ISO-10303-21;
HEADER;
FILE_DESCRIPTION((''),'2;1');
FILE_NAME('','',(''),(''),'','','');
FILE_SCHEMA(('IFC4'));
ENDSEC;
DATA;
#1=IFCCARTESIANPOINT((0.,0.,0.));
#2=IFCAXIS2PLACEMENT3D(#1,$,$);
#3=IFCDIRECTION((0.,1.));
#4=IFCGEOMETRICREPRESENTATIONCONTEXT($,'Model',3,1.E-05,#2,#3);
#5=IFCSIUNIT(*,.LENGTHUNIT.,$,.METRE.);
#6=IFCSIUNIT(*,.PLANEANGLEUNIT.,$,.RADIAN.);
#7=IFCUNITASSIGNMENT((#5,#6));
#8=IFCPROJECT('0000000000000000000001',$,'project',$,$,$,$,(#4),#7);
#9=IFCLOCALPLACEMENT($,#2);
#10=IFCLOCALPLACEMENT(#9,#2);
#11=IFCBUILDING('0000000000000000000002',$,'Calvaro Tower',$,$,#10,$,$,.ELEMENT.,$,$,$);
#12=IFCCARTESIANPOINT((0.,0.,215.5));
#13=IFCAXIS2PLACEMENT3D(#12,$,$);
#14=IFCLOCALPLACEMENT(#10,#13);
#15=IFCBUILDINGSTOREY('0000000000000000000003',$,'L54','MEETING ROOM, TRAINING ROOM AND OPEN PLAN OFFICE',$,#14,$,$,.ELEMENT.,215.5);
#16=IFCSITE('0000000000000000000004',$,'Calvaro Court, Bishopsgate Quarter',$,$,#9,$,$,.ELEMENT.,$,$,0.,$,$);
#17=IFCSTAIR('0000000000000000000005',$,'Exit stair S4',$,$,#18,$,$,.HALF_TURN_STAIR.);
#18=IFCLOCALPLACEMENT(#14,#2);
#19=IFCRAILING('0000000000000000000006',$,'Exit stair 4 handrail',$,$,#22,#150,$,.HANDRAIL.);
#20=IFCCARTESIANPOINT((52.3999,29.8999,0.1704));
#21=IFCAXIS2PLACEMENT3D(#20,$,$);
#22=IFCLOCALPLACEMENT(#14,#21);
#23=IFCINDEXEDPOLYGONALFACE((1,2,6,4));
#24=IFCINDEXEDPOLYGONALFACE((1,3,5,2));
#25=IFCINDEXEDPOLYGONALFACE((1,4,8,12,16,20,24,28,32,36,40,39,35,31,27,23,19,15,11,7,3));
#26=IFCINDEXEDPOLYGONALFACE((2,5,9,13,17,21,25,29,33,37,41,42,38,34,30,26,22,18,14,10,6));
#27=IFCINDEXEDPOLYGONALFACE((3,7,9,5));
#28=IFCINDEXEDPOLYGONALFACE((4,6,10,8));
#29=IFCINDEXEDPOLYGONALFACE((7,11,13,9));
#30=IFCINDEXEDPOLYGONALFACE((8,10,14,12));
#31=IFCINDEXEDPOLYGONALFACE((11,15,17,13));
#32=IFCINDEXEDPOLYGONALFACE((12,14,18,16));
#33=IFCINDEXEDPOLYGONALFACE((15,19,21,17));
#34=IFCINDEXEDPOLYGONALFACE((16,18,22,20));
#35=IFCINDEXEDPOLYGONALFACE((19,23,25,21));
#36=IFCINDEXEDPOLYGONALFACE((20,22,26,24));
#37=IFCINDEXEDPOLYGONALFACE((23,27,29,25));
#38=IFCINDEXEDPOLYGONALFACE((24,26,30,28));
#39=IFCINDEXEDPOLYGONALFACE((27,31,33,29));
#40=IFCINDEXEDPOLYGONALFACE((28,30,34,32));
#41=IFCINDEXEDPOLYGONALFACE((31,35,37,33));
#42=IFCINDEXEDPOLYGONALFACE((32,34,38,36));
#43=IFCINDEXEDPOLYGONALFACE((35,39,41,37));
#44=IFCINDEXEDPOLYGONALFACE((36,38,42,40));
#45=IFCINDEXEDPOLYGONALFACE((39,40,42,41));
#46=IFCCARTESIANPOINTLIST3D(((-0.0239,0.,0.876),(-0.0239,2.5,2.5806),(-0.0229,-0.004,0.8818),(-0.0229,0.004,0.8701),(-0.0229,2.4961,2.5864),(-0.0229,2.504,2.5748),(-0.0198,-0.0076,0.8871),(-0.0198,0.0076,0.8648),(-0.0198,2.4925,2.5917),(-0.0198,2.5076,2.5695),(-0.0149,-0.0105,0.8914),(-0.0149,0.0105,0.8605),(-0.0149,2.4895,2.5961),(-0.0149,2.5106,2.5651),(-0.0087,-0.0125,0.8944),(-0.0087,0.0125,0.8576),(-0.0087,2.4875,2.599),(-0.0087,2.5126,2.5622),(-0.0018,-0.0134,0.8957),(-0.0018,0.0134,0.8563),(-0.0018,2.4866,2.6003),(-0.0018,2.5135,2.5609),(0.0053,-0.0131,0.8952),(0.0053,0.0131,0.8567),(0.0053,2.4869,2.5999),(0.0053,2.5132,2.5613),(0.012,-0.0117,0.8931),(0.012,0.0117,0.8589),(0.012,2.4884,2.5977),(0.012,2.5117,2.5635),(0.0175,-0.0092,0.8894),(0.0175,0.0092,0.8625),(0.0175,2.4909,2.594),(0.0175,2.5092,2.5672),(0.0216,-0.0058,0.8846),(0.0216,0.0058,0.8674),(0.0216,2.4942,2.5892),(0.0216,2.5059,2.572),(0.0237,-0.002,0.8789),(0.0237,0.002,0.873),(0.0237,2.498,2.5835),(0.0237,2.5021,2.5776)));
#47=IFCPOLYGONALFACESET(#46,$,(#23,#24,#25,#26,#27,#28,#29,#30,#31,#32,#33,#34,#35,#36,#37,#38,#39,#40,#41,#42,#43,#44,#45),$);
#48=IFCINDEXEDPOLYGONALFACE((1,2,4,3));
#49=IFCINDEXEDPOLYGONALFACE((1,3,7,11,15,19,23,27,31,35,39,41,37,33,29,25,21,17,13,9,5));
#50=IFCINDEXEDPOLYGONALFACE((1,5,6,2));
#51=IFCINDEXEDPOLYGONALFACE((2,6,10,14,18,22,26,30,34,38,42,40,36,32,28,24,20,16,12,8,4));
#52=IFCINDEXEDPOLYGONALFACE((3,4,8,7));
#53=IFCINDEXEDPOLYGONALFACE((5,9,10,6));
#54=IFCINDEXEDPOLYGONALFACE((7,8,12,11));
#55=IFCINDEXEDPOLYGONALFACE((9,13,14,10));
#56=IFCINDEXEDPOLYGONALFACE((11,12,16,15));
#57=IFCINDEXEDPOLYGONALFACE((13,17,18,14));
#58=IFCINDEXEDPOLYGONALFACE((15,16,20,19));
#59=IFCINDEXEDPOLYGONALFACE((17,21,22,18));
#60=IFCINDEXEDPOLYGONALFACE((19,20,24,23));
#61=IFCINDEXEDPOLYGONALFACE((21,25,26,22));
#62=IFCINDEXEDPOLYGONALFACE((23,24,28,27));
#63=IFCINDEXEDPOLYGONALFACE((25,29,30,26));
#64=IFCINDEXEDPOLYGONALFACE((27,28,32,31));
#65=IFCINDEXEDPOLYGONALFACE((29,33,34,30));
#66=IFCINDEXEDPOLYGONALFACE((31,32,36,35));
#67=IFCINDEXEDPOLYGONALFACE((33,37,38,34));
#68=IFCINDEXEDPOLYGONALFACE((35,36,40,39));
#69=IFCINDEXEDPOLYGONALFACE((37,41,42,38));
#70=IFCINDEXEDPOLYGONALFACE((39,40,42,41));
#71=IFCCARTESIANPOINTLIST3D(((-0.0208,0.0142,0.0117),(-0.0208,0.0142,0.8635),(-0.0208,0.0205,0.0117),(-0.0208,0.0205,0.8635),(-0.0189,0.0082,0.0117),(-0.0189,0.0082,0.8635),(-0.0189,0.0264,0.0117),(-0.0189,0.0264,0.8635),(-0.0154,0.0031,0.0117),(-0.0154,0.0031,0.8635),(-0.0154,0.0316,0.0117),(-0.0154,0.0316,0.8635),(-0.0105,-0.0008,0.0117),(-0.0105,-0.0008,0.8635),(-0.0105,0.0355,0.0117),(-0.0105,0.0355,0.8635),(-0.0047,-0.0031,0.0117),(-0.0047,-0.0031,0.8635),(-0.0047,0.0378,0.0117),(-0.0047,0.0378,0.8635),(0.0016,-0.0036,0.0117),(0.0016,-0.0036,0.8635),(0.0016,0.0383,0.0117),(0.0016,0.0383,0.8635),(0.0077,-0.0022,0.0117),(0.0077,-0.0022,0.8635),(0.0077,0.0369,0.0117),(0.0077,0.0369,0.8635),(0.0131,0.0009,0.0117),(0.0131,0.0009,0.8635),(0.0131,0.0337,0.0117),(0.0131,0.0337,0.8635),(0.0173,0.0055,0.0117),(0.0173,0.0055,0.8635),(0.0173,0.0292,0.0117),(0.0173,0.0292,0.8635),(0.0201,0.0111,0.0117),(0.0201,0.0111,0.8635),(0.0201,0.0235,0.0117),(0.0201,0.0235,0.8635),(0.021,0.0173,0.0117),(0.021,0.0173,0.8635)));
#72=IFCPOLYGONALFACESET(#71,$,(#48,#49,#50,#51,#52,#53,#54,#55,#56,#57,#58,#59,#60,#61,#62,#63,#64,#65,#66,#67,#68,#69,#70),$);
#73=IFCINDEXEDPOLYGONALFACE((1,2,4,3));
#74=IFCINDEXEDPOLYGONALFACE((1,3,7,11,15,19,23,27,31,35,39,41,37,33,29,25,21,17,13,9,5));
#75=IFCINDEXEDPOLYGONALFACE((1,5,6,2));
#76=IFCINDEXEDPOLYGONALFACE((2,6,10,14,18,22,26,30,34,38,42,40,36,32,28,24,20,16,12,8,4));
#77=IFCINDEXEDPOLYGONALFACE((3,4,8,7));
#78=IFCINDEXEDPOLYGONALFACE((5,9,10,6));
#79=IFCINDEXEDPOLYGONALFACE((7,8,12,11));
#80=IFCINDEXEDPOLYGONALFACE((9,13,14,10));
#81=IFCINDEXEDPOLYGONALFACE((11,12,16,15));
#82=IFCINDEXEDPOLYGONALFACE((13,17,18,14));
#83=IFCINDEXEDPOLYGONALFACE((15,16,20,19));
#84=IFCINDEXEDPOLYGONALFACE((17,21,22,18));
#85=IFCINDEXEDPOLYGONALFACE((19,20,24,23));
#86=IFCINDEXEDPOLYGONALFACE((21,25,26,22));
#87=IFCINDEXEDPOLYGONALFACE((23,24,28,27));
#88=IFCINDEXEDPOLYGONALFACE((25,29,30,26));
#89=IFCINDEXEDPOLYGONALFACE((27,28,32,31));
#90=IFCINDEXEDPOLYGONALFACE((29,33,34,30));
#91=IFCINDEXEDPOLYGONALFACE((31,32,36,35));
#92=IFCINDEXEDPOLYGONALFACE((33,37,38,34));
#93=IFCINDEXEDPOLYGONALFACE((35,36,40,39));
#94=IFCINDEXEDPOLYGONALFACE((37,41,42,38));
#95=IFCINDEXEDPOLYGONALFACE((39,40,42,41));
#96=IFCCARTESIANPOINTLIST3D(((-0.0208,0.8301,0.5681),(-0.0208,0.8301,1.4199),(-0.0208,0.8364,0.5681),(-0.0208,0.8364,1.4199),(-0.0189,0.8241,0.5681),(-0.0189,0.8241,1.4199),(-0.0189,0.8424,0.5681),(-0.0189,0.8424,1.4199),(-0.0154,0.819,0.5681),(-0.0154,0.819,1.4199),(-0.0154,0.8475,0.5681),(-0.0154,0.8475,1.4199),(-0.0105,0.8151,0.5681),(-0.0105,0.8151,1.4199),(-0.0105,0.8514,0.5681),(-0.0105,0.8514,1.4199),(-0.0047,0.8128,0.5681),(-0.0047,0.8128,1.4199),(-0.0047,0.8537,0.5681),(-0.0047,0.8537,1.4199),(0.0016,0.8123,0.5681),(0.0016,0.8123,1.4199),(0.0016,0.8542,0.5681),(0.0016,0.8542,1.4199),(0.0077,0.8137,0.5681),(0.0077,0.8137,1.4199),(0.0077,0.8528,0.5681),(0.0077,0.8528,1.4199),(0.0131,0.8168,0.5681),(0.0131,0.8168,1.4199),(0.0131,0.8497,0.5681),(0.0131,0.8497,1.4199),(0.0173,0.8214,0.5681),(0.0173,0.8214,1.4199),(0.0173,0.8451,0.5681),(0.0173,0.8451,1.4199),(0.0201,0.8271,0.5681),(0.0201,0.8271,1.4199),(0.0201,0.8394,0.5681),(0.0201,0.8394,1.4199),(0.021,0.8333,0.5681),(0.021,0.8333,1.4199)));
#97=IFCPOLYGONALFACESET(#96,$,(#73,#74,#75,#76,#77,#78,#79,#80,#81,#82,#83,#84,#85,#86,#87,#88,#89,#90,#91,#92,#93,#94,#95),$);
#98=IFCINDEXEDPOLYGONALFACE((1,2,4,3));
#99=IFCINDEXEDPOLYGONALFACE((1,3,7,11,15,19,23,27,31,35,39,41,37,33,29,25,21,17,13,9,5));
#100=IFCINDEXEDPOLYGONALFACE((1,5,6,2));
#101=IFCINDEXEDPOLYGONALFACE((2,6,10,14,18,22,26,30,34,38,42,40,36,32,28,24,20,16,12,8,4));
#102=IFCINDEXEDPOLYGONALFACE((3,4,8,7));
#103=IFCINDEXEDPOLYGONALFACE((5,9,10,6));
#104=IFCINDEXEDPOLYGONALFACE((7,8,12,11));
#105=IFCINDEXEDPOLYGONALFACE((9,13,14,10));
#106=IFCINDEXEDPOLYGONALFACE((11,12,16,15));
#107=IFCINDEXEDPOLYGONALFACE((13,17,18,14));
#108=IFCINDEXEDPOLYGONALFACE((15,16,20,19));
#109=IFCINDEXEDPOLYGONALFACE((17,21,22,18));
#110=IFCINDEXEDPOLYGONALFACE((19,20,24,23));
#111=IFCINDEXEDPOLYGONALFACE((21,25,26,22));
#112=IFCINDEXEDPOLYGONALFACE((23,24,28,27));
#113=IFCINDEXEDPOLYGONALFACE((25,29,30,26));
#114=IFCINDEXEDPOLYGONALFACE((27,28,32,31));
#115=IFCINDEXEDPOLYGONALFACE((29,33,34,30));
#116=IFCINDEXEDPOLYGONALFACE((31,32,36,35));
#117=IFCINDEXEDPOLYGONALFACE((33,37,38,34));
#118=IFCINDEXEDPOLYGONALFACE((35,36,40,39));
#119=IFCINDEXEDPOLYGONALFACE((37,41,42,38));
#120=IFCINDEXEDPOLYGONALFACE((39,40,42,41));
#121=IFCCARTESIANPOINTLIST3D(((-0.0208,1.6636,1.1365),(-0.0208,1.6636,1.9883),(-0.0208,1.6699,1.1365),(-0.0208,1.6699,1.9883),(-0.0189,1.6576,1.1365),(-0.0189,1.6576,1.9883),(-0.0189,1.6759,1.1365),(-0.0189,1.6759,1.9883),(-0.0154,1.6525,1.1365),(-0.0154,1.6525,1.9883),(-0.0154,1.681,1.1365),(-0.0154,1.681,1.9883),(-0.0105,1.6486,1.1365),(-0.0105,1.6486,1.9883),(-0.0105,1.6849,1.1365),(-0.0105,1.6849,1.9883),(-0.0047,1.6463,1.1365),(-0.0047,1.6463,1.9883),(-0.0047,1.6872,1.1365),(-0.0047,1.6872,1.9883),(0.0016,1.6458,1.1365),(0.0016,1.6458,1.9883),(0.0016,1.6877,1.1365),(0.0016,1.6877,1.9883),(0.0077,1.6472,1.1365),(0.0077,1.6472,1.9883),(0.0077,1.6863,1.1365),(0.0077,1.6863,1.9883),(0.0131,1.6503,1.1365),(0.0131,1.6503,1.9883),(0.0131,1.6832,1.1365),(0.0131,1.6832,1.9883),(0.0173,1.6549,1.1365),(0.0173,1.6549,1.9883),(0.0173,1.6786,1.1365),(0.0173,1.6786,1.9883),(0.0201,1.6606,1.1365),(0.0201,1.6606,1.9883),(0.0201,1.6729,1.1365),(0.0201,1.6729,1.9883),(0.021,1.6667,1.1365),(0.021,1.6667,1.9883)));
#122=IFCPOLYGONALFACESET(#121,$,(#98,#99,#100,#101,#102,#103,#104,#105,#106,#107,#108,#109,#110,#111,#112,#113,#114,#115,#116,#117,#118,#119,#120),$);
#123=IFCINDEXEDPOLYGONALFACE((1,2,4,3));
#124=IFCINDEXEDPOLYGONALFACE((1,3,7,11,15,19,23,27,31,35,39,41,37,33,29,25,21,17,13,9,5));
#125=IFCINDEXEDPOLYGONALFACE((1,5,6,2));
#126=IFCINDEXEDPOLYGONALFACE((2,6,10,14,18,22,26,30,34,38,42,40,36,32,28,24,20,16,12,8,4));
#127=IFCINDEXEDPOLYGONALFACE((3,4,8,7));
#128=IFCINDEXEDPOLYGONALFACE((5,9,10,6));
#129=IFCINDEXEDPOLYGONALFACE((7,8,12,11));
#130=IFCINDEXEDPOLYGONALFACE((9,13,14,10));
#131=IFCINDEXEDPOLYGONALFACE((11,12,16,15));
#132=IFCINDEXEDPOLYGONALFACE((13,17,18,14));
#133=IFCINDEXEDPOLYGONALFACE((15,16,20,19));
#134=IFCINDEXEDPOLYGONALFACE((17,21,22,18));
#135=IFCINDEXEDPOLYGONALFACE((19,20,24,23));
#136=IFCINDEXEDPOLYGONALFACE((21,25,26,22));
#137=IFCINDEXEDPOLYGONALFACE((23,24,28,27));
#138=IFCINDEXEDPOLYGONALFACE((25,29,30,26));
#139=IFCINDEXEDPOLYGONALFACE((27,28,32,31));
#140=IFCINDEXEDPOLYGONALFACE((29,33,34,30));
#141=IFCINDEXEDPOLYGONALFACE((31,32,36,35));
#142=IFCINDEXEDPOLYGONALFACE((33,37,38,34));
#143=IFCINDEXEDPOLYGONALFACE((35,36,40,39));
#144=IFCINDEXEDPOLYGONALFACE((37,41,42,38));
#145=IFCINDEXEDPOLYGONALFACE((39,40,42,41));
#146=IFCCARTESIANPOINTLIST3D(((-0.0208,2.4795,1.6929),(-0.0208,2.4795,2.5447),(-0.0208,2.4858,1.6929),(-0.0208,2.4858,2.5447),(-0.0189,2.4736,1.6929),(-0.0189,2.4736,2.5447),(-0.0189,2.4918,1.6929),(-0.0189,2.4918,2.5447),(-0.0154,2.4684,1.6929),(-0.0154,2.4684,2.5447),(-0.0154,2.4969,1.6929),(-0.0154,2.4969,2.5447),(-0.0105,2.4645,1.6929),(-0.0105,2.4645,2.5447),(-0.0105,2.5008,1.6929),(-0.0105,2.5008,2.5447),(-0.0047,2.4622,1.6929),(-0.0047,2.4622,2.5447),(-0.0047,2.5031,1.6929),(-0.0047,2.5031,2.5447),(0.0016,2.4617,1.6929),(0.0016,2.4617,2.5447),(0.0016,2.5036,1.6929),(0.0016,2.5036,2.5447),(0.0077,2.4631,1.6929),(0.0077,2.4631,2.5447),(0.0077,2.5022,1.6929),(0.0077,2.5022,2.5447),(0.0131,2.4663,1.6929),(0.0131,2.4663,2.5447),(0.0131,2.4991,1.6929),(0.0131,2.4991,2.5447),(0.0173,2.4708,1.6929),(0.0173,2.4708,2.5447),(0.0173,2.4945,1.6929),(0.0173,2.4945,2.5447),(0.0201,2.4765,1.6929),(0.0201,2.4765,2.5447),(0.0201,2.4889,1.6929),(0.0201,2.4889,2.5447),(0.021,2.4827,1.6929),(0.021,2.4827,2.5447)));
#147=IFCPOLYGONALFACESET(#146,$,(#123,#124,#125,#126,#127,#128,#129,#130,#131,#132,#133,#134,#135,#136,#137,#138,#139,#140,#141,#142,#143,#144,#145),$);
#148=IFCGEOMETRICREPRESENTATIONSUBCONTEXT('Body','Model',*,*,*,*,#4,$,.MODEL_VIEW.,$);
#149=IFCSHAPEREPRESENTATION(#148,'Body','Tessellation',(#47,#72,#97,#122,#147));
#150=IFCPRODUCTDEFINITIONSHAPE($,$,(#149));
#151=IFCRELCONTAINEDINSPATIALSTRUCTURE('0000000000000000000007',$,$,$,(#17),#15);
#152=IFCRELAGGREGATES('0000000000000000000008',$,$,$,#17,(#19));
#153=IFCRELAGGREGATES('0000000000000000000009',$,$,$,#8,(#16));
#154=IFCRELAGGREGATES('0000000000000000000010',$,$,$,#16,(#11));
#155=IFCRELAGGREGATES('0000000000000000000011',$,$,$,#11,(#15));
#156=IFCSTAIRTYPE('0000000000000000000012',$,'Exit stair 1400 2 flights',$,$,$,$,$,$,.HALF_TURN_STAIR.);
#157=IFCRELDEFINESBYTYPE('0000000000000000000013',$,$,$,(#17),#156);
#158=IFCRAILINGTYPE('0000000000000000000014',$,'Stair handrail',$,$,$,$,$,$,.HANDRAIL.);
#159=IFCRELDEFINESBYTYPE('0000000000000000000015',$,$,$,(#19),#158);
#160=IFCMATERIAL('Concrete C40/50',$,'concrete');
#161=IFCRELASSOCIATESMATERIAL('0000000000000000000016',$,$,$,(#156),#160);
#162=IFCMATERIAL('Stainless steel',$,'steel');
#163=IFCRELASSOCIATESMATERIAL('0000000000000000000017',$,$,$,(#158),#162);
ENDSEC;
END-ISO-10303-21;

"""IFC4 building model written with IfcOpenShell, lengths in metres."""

from ifc_helpers import new_model, si_unit, direction, frame, origin, origin_2d, place, context, subcontext, project, spatial, circle, extrude, material, type_object, element, aggregate, save


model = new_model("IFC4")

# Units and contexts
model_context = context("Model", 3, precision=1e-05, world=origin(), true_north=direction((0.0, 1.0)))
body_context = subcontext(model_context, "Body", "Model", "MODEL_VIEW")
ifc_project = project(units=[si_unit("LENGTHUNIT", "METRE"), si_unit("PLANEANGLEUNIT", "RADIAN")], contexts=[model_context])

# Site, building, storey
site_placement = place(None, origin())
site = spatial("IfcSite", under=ifc_project, at=site_placement, Name="Calvaro Court, Bishopsgate Quarter", CompositionType="ELEMENT", RefElevation=0.0)
building_placement = place(site_placement, origin())
building = spatial("IfcBuilding", under=site, at=building_placement, Name="Calvaro Tower", CompositionType="ELEMENT")
storey_placement = place(building_placement, frame((0.0, 0.0, 215.5)))
storey = spatial("IfcBuildingStorey", under=building, at=storey_placement, Name="L54", Description="MEETING ROOM, TRAINING ROOM AND OPEN PLAN OFFICE", CompositionType="ELEMENT", Elevation=215.5)

# Shared definitions
ifc_material_1 = material(Name="Concrete C40/50", Category="concrete")
stair_type = type_object("IfcStairType", Name="Exit stair 1400 2 flights", PredefinedType="HALF_TURN_STAIR", material=ifc_material_1)

# Stair
stair_1_placement = place(storey_placement, origin())
stair_1 = element("IfcStair", 1, at=stair_1_placement, inside=storey, type_object=stair_type, Name="Exit stair S4", PredefinedType="HALF_TURN_STAIR")

# Railing
ifc_material_2 = material(Name="Stainless steel", Category="steel")
railing_type = type_object("IfcRailingType", Name="Stair handrail", PredefinedType="HANDRAIL", material=ifc_material_2)
railing_1_placement = place(storey_placement, frame((52.3999, 29.8999, 0.1704)))
railing_1 = element("IfcRailing", 2, at=railing_1_placement, type_object=railing_type, Name="Exit stair 4 handrail", PredefinedType="HANDRAIL", context=body_context, shape_type="SweptSolid", body=[
    extrude(circle(Radius=0.0239, at=origin_2d()), frame((0.0, 0.0, 0.876), z_axis=(0.0, 0.826221, 0.563347), x_axis=(-1.0, 0.0, 0.0)), (0.0, 0.0, 1.0), 3.0259),
    extrude(circle(Radius=0.021, at=origin_2d()), frame((0.0, 0.0173, 0.0117)), (0.0, 0.0, 1.0), 0.8518),
    extrude(circle(Radius=0.021, at=origin_2d()), frame((0.0, 0.8333, 0.5681)), (0.0, 0.0, 1.0), 0.8518),
    extrude(circle(Radius=0.021, at=origin_2d()), frame((0.0, 1.6667, 1.1365)), (0.0, 0.0, 1.0), 0.8518),
    extrude(circle(Radius=0.021, at=origin_2d()), frame((0.0, 2.4827, 1.6929)), (0.0, 0.0, 1.0), 0.8518),
])
aggregate(stair_1, [railing_1])

save(model, "model.ifc")
